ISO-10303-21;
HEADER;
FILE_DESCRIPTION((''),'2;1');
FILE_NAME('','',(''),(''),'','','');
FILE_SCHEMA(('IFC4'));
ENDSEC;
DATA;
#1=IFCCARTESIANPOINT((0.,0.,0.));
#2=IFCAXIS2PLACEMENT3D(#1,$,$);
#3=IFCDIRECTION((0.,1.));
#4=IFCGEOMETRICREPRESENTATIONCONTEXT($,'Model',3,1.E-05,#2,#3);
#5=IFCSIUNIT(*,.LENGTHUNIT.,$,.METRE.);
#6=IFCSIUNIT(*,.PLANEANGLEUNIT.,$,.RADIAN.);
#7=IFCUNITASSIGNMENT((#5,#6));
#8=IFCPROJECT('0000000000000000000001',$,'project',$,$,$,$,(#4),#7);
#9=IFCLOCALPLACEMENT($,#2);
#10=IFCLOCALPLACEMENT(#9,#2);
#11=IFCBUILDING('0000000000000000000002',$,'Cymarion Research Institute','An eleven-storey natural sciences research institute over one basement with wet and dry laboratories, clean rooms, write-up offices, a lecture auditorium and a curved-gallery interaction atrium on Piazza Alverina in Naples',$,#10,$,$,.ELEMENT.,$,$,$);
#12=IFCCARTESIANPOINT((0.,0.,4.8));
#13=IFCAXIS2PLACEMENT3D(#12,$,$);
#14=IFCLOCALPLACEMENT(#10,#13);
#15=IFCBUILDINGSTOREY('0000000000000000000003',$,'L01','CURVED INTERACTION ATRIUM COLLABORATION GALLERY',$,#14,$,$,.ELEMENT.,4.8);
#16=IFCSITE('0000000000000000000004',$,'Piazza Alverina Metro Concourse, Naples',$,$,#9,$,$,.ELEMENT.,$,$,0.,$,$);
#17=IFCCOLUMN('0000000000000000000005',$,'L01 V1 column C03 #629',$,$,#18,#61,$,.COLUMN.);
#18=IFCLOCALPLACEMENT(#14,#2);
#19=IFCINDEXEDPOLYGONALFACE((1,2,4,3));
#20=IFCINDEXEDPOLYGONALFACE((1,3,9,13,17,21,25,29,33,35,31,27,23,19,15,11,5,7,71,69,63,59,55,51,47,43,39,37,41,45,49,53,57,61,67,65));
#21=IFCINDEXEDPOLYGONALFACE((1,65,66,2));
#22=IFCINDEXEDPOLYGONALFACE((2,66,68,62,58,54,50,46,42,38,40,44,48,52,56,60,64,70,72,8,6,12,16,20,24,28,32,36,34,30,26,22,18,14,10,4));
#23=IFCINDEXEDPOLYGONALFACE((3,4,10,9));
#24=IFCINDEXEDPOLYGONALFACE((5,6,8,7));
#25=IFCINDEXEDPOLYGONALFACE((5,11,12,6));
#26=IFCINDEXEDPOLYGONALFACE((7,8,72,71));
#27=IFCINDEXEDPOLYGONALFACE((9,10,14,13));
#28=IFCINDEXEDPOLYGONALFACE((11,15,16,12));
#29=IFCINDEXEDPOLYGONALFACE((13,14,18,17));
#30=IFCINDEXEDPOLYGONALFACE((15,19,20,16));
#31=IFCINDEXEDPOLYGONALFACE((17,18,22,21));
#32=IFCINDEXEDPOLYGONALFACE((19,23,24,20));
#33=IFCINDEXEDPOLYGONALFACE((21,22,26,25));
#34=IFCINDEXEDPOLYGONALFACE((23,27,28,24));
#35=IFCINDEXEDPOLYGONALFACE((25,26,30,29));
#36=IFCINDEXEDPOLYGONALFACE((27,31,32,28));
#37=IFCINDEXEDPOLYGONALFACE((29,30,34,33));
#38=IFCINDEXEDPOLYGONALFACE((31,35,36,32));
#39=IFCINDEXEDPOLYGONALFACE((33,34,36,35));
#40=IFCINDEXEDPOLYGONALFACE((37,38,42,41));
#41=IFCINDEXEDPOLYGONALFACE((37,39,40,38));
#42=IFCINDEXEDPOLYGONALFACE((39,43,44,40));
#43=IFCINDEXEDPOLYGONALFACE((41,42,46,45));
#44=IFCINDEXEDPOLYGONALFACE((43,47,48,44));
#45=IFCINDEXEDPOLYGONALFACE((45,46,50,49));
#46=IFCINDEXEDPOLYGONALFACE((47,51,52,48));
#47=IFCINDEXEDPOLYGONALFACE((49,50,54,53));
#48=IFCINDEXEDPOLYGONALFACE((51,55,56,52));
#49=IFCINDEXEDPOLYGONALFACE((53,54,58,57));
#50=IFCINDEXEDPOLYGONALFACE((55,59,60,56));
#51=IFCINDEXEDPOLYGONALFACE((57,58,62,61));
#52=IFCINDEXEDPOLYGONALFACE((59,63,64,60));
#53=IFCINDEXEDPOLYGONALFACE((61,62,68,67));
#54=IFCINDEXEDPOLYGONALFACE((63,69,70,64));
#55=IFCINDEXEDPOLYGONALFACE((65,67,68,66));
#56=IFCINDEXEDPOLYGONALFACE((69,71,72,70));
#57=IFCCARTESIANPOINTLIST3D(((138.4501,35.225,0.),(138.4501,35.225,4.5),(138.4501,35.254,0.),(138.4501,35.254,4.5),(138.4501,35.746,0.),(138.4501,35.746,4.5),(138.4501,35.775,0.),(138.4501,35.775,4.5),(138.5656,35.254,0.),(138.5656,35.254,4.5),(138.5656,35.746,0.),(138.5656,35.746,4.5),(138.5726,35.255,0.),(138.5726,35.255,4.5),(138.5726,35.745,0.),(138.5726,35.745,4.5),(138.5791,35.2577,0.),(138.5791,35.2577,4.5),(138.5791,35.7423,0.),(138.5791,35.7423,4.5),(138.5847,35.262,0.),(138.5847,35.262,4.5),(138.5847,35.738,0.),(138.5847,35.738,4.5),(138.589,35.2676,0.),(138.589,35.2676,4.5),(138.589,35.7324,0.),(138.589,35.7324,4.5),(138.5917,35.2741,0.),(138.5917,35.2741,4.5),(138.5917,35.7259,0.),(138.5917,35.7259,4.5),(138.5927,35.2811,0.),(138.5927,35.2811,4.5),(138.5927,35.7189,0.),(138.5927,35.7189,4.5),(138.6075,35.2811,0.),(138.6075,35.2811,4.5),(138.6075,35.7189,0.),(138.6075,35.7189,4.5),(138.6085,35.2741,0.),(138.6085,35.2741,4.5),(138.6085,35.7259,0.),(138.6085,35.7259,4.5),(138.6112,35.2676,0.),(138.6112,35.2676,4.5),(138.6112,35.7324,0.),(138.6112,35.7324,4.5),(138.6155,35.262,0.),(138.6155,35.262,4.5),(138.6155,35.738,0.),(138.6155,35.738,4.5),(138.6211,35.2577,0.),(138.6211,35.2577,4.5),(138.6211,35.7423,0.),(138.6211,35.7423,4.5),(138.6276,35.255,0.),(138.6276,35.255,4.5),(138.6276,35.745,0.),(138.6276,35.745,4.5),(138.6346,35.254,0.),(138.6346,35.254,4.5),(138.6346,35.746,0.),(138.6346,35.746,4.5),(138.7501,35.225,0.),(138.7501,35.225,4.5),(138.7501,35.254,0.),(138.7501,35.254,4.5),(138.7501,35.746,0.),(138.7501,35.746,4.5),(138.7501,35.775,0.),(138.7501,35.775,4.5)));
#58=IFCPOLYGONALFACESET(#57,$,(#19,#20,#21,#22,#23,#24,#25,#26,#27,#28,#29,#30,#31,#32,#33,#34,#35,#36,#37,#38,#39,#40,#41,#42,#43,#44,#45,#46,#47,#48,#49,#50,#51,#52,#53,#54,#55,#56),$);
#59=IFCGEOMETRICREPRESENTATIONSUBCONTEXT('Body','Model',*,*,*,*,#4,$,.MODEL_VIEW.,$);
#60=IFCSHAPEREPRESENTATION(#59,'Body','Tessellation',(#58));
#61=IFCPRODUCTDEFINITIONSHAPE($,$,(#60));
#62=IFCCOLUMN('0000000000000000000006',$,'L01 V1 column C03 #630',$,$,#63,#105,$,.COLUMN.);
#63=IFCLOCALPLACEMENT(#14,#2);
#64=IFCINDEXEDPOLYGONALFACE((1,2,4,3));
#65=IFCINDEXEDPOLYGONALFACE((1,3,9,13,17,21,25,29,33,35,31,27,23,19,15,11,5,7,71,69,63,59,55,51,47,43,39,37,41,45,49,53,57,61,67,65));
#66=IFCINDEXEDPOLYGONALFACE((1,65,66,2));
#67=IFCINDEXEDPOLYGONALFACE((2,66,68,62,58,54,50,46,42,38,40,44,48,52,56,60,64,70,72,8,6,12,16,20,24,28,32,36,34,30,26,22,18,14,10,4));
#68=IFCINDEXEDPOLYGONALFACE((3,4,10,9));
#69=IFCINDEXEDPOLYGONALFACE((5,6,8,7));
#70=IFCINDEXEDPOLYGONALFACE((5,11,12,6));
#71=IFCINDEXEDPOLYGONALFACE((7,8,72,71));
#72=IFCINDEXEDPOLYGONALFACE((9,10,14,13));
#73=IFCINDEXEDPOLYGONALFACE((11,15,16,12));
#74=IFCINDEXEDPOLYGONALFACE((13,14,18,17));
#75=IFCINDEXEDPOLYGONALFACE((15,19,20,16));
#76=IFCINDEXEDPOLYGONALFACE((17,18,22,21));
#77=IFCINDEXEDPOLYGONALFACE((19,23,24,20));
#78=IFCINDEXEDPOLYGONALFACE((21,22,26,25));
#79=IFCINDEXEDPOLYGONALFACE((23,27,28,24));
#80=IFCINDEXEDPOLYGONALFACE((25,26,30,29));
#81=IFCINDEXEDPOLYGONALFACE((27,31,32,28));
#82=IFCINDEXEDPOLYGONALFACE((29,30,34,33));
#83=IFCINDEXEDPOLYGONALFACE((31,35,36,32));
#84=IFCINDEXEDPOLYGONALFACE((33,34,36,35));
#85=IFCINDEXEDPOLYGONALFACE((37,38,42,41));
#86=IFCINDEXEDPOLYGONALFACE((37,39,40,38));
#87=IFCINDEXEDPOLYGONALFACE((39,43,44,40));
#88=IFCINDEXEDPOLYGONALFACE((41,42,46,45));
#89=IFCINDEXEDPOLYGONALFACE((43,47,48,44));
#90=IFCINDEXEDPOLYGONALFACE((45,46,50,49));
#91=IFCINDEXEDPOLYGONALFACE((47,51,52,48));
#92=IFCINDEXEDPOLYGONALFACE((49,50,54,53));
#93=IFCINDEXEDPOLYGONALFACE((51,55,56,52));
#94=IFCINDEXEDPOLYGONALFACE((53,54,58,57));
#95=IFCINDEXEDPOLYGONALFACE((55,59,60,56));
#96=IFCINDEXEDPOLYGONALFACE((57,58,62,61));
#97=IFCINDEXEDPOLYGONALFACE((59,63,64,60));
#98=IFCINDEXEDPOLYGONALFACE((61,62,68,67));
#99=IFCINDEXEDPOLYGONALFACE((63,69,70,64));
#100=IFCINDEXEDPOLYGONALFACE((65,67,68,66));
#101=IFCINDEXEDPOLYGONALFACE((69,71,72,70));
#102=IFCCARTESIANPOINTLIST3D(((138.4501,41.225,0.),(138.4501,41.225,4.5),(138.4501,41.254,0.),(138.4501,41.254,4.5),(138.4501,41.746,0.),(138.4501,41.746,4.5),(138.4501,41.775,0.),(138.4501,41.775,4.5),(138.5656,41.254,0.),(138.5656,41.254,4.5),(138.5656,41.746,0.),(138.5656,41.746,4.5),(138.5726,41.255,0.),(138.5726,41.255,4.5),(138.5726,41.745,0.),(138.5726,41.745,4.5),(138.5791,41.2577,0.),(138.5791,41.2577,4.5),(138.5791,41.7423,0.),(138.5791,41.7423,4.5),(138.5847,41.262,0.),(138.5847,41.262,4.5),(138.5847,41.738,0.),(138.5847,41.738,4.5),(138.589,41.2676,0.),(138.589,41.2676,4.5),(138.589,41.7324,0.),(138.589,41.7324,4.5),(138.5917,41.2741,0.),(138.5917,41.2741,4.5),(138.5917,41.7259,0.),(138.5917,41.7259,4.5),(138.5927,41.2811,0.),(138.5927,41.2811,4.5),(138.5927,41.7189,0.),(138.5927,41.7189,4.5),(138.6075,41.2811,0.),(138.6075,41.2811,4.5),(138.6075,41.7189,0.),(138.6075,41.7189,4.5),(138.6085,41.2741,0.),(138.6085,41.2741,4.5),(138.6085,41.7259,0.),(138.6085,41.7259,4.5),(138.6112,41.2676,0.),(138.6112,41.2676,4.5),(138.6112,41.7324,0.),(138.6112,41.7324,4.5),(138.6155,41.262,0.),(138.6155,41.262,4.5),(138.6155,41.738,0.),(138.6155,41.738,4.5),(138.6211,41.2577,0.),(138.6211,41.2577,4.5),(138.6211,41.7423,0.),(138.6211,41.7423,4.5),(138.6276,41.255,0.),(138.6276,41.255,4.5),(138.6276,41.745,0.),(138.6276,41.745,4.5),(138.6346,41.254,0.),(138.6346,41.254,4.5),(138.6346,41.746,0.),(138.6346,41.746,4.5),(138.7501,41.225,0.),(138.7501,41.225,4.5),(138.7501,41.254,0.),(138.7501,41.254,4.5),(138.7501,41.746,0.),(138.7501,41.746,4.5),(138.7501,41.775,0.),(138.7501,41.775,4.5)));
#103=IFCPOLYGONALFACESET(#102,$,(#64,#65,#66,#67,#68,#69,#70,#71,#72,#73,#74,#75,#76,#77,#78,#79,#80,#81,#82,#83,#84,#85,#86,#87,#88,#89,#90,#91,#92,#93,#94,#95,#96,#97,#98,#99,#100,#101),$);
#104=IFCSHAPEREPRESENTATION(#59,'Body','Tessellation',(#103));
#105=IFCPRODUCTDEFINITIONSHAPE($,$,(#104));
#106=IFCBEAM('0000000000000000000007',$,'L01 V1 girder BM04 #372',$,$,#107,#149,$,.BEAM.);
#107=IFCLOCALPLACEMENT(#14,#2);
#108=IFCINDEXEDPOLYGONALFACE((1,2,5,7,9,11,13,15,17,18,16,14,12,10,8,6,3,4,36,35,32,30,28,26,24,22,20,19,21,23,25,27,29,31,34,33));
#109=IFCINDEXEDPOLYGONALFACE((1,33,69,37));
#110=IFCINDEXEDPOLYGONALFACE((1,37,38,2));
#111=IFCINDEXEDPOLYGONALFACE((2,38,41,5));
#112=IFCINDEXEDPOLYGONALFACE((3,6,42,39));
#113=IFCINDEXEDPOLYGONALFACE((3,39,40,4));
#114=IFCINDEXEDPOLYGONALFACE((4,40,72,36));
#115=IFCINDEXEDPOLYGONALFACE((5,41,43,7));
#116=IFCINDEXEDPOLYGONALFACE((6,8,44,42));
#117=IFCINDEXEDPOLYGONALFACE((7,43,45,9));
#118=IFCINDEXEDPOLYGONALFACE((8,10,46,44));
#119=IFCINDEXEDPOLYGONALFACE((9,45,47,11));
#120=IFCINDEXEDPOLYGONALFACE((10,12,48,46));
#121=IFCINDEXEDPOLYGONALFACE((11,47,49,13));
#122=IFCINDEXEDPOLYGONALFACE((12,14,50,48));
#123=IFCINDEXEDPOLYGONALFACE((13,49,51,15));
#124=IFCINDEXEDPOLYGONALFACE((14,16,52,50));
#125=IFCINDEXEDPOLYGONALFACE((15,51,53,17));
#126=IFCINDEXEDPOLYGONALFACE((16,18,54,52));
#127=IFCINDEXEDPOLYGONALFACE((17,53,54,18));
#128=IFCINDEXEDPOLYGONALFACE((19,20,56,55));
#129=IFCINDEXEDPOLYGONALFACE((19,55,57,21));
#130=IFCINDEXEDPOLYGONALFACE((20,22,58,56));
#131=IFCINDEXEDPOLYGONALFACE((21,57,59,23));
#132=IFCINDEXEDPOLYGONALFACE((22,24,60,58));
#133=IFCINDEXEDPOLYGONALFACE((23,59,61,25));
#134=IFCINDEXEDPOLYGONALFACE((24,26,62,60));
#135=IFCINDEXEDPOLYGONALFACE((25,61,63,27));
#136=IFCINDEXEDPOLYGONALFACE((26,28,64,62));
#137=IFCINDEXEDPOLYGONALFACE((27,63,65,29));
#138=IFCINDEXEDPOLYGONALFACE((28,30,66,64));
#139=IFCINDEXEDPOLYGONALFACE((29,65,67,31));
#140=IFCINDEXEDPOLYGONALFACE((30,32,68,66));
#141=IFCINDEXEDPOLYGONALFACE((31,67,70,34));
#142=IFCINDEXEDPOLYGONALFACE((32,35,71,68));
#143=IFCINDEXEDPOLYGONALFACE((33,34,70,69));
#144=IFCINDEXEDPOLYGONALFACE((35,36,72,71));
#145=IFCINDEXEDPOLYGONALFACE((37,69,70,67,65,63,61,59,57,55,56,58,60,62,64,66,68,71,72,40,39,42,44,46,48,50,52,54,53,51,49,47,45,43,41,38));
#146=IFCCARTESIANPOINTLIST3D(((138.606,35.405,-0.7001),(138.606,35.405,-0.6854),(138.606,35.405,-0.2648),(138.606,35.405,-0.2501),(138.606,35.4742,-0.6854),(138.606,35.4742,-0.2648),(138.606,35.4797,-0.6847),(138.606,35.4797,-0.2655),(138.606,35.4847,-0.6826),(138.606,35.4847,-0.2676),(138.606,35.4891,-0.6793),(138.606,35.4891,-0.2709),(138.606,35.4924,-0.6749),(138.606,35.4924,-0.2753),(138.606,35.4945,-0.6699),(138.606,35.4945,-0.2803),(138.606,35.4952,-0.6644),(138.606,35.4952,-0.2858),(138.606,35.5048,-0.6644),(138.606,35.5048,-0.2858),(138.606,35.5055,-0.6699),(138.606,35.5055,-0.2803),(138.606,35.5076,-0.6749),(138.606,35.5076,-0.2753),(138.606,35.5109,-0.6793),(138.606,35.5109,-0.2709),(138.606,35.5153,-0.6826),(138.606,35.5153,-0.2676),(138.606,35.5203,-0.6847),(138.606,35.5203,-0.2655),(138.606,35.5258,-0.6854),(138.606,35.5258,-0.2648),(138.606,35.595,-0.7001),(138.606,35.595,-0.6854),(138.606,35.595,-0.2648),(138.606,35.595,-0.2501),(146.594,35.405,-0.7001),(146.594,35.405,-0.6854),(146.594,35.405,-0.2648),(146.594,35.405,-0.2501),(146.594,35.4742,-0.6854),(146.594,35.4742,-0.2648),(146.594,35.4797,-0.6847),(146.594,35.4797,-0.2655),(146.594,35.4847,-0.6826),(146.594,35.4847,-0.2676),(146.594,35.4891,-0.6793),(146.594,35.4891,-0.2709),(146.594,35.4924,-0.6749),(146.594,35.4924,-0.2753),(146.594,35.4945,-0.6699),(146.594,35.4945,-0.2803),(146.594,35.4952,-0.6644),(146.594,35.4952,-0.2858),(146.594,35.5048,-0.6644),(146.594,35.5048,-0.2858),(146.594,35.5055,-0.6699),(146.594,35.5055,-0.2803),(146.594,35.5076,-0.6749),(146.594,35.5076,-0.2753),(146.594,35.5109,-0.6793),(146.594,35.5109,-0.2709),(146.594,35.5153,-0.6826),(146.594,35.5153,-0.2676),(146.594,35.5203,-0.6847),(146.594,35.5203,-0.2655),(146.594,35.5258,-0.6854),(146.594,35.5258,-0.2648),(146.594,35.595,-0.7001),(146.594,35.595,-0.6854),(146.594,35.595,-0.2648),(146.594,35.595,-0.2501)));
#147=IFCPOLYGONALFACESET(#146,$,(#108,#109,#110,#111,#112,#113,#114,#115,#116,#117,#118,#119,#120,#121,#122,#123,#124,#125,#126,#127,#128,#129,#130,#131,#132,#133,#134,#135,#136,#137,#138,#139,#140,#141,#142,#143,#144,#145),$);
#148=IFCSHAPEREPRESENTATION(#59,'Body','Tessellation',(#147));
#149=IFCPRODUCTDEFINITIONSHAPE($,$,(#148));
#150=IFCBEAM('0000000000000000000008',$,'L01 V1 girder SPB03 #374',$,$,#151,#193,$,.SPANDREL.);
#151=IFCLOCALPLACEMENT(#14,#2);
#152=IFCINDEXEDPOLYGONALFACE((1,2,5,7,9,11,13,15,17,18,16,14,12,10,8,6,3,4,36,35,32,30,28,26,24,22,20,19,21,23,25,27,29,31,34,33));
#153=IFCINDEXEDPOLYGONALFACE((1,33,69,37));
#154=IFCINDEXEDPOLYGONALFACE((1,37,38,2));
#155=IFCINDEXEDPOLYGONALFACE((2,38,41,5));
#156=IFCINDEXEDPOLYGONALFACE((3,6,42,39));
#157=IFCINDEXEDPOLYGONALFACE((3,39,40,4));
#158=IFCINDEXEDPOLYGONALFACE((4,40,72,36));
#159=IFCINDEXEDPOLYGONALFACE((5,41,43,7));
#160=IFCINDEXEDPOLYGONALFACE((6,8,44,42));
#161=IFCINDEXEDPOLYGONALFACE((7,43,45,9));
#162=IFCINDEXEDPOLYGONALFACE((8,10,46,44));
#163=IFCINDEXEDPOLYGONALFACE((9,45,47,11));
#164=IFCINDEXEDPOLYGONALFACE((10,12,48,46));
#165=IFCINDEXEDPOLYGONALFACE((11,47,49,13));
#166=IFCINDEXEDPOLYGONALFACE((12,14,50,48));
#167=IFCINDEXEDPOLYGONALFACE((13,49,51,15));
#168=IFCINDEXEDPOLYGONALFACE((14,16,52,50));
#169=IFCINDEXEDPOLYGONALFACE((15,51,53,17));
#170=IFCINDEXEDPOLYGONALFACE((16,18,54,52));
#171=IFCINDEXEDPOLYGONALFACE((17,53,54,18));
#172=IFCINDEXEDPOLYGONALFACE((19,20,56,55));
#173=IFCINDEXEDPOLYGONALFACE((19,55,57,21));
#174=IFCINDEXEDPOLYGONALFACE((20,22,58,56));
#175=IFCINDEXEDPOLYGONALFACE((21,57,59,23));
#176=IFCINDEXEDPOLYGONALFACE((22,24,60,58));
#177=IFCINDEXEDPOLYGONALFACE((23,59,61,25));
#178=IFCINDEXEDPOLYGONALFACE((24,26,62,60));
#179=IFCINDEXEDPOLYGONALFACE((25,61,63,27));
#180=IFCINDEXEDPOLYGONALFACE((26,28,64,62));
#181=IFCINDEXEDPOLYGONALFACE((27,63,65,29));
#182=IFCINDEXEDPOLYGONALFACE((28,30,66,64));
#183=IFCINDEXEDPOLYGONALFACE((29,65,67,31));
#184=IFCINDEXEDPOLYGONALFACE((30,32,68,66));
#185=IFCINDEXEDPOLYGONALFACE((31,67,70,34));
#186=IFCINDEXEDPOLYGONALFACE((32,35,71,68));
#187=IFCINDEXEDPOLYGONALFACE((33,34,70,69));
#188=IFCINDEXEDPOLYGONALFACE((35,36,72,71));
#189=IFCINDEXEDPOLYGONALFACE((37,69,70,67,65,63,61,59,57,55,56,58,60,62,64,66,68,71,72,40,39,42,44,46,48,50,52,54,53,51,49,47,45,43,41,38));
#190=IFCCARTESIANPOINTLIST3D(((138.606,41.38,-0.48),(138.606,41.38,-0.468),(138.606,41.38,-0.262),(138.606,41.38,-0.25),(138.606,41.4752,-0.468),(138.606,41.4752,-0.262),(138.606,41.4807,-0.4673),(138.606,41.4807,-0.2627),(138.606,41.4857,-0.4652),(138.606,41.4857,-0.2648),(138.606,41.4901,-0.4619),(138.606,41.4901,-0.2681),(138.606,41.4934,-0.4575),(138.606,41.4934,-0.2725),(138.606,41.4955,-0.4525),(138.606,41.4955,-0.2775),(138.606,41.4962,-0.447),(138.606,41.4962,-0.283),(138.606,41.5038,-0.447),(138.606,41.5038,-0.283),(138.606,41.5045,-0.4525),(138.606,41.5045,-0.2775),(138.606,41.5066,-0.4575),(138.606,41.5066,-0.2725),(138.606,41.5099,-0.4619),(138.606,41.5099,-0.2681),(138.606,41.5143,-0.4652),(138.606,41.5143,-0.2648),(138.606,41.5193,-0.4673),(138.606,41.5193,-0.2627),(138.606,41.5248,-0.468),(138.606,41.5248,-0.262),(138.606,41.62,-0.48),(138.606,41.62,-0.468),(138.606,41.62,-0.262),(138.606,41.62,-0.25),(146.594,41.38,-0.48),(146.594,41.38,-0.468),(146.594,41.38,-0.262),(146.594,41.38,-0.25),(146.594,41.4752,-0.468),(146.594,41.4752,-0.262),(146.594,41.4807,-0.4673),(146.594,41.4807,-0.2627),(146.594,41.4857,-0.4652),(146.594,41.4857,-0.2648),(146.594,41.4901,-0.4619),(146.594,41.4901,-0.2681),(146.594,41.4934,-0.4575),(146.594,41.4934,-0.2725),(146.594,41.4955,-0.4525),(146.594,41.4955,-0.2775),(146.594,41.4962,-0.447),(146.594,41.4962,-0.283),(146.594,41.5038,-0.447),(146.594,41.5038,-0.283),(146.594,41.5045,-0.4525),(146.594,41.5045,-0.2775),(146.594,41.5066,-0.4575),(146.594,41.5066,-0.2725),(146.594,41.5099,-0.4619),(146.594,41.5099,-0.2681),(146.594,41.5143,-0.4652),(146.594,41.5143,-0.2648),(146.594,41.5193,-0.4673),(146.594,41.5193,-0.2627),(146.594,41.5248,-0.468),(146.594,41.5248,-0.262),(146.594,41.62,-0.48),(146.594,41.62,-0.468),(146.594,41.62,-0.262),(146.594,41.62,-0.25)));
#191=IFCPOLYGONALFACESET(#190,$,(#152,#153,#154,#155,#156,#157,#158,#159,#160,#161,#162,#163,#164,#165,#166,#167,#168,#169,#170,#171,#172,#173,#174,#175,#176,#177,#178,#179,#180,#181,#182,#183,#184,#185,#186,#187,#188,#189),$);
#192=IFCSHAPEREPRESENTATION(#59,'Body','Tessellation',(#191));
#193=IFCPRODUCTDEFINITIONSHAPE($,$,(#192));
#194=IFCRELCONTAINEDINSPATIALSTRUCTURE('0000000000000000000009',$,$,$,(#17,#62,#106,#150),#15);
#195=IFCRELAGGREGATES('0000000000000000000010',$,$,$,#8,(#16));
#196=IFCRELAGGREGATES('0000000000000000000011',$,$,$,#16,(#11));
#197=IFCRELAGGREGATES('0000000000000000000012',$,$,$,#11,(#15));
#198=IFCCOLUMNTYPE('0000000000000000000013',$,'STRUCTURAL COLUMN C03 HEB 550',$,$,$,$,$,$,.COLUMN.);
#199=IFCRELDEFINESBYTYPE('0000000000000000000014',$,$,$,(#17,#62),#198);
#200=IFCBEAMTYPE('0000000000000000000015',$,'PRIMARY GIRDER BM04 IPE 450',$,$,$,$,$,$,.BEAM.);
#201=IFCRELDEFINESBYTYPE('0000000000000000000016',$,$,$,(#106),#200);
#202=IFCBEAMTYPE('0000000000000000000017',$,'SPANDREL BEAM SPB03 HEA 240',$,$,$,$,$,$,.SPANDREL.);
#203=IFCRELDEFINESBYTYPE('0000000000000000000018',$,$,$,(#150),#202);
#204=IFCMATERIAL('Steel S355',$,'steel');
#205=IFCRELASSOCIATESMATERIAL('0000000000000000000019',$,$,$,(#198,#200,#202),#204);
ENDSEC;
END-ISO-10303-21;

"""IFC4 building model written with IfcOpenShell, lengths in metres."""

from ifc_helpers import new_model, si_unit, direction, frame, origin, origin_2d, place, context, subcontext, project, spatial, i_section, extrude, material, material_profile, profile_set, type_object, element, save


model = new_model("IFC4")

# Units and contexts
model_context = context("Model", 3, precision=1e-05, world=origin(), true_north=direction((0.0, 1.0)))
body_context = subcontext(model_context, "Body", "Model", "MODEL_VIEW")
ifc_project = project(units=[si_unit("LENGTHUNIT", "METRE"), si_unit("PLANEANGLEUNIT", "RADIAN")], contexts=[model_context])

# Site, building, storey
site_placement = place(None, origin())
site = spatial("IfcSite", under=ifc_project, at=site_placement, Name="Piazza Alverina Metro Concourse, Naples", CompositionType="ELEMENT", RefElevation=0.0)
building_placement = place(site_placement, origin())
building = spatial("IfcBuilding", under=site, at=building_placement, Name="Cymarion Research Institute", Description="An eleven-storey natural sciences research institute over one basement with wet and dry laboratories, clean rooms, write-up offices, a lecture auditorium and a curved-gallery interaction atrium on Piazza Alverina in Naples", CompositionType="ELEMENT")
storey_placement = place(building_placement, frame((0.0, 0.0, 4.8)))
storey = spatial("IfcBuildingStorey", under=building, at=storey_placement, Name="L01", Description="CURVED INTERACTION ATRIUM COLLABORATION GALLERY", CompositionType="ELEMENT", Elevation=4.8)

# Columns
ifc_material_1 = material(Name="Steel S355", Category="steel")
ifc_material_profile_1 = material_profile(ifc_material_1, i_section(OverallWidth=0.3, OverallDepth=0.55, WebThickness=0.0149, FlangeThickness=0.0291, FilletRadius=0.0271, at=origin_2d()), Name="HEB 550")
ifc_profile_set_1 = profile_set([ifc_material_profile_1], Name="Steel S355")
column_type = type_object("IfcColumnType", Name="STRUCTURAL COLUMN C03 HEB 550", PredefinedType="COLUMN", material=ifc_profile_set_1)
for number, where, z_axis, x_axis, name in (
    (1, (138.6001, 35.5, 0.0), (0.0, 0.0, 1.0), (1.0, 0.0, 0.0), "L01 V1 column C03 #629"),
    (2, (138.6001, 41.5, 0.0), (0.0, 0.0, 1.0), (1.0, 0.0, 0.0), "L01 V1 column C03 #630"),
):
    element("IfcColumn", number, at=place(storey_placement, frame(where, z_axis=z_axis, x_axis=x_axis)), inside=storey, type_object=column_type, Name=name, PredefinedType="COLUMN", context=body_context, shape_type="SweptSolid", body=[
        extrude(i_section(OverallWidth=0.3, OverallDepth=0.55, WebThickness=0.0149, FlangeThickness=0.0291, FilletRadius=0.0271, at=origin_2d()), origin(), (0.0, 0.0, 1.0), 4.5),
    ])

# Beams
ifc_material_profile_2 = material_profile(ifc_material_1, i_section(OverallWidth=0.1899, OverallDepth=0.45, WebThickness=0.0095, FlangeThickness=0.0146, FilletRadius=0.021, at=origin_2d()), Name="IPE 450")
ifc_profile_set_2 = profile_set([ifc_material_profile_2], Name="Steel S355")
beam_type_1 = type_object("IfcBeamType", Name="PRIMARY GIRDER BM04 IPE 450", PredefinedType="BEAM", material=ifc_profile_set_2)
beam_1_placement = place(storey_placement, frame((138.606, 35.5, -0.4751), z_axis=(1.0, 0.0, 0.0), x_axis=(0.0, 1.0, 0.0)))
element("IfcBeam", 3, at=beam_1_placement, inside=storey, type_object=beam_type_1, Name="L01 V1 girder BM04 #372", PredefinedType="BEAM", context=body_context, shape_type="SweptSolid", body=[
    extrude(i_section(OverallWidth=0.1899, OverallDepth=0.45, WebThickness=0.0095, FlangeThickness=0.0146, FilletRadius=0.021, at=origin_2d()), origin(), (0.0, 0.0, 1.0), 7.988),
])
ifc_material_profile_3 = material_profile(ifc_material_1, i_section(OverallWidth=0.24, OverallDepth=0.23, WebThickness=0.0076, FlangeThickness=0.012, FilletRadius=0.021, at=origin_2d()), Name="HEA 240")
ifc_profile_set_3 = profile_set([ifc_material_profile_3], Name="Steel S355")
beam_type_2 = type_object("IfcBeamType", Name="SPANDREL BEAM SPB03 HEA 240", PredefinedType="SPANDREL", material=ifc_profile_set_3)
beam_2_placement = place(storey_placement, frame((138.606, 41.5, -0.365), z_axis=(1.0, 0.0, 0.0), x_axis=(0.0, 1.0, 0.0)))
element("IfcBeam", 4, at=beam_2_placement, inside=storey, type_object=beam_type_2, Name="L01 V1 girder SPB03 #374", PredefinedType="SPANDREL", context=body_context, shape_type="SweptSolid", body=[
    extrude(i_section(OverallWidth=0.24, OverallDepth=0.23, WebThickness=0.0076, FlangeThickness=0.012, FilletRadius=0.021, at=origin_2d()), origin(), (0.0, 0.0, 1.0), 7.988),
])

save(model, "model.ifc")
